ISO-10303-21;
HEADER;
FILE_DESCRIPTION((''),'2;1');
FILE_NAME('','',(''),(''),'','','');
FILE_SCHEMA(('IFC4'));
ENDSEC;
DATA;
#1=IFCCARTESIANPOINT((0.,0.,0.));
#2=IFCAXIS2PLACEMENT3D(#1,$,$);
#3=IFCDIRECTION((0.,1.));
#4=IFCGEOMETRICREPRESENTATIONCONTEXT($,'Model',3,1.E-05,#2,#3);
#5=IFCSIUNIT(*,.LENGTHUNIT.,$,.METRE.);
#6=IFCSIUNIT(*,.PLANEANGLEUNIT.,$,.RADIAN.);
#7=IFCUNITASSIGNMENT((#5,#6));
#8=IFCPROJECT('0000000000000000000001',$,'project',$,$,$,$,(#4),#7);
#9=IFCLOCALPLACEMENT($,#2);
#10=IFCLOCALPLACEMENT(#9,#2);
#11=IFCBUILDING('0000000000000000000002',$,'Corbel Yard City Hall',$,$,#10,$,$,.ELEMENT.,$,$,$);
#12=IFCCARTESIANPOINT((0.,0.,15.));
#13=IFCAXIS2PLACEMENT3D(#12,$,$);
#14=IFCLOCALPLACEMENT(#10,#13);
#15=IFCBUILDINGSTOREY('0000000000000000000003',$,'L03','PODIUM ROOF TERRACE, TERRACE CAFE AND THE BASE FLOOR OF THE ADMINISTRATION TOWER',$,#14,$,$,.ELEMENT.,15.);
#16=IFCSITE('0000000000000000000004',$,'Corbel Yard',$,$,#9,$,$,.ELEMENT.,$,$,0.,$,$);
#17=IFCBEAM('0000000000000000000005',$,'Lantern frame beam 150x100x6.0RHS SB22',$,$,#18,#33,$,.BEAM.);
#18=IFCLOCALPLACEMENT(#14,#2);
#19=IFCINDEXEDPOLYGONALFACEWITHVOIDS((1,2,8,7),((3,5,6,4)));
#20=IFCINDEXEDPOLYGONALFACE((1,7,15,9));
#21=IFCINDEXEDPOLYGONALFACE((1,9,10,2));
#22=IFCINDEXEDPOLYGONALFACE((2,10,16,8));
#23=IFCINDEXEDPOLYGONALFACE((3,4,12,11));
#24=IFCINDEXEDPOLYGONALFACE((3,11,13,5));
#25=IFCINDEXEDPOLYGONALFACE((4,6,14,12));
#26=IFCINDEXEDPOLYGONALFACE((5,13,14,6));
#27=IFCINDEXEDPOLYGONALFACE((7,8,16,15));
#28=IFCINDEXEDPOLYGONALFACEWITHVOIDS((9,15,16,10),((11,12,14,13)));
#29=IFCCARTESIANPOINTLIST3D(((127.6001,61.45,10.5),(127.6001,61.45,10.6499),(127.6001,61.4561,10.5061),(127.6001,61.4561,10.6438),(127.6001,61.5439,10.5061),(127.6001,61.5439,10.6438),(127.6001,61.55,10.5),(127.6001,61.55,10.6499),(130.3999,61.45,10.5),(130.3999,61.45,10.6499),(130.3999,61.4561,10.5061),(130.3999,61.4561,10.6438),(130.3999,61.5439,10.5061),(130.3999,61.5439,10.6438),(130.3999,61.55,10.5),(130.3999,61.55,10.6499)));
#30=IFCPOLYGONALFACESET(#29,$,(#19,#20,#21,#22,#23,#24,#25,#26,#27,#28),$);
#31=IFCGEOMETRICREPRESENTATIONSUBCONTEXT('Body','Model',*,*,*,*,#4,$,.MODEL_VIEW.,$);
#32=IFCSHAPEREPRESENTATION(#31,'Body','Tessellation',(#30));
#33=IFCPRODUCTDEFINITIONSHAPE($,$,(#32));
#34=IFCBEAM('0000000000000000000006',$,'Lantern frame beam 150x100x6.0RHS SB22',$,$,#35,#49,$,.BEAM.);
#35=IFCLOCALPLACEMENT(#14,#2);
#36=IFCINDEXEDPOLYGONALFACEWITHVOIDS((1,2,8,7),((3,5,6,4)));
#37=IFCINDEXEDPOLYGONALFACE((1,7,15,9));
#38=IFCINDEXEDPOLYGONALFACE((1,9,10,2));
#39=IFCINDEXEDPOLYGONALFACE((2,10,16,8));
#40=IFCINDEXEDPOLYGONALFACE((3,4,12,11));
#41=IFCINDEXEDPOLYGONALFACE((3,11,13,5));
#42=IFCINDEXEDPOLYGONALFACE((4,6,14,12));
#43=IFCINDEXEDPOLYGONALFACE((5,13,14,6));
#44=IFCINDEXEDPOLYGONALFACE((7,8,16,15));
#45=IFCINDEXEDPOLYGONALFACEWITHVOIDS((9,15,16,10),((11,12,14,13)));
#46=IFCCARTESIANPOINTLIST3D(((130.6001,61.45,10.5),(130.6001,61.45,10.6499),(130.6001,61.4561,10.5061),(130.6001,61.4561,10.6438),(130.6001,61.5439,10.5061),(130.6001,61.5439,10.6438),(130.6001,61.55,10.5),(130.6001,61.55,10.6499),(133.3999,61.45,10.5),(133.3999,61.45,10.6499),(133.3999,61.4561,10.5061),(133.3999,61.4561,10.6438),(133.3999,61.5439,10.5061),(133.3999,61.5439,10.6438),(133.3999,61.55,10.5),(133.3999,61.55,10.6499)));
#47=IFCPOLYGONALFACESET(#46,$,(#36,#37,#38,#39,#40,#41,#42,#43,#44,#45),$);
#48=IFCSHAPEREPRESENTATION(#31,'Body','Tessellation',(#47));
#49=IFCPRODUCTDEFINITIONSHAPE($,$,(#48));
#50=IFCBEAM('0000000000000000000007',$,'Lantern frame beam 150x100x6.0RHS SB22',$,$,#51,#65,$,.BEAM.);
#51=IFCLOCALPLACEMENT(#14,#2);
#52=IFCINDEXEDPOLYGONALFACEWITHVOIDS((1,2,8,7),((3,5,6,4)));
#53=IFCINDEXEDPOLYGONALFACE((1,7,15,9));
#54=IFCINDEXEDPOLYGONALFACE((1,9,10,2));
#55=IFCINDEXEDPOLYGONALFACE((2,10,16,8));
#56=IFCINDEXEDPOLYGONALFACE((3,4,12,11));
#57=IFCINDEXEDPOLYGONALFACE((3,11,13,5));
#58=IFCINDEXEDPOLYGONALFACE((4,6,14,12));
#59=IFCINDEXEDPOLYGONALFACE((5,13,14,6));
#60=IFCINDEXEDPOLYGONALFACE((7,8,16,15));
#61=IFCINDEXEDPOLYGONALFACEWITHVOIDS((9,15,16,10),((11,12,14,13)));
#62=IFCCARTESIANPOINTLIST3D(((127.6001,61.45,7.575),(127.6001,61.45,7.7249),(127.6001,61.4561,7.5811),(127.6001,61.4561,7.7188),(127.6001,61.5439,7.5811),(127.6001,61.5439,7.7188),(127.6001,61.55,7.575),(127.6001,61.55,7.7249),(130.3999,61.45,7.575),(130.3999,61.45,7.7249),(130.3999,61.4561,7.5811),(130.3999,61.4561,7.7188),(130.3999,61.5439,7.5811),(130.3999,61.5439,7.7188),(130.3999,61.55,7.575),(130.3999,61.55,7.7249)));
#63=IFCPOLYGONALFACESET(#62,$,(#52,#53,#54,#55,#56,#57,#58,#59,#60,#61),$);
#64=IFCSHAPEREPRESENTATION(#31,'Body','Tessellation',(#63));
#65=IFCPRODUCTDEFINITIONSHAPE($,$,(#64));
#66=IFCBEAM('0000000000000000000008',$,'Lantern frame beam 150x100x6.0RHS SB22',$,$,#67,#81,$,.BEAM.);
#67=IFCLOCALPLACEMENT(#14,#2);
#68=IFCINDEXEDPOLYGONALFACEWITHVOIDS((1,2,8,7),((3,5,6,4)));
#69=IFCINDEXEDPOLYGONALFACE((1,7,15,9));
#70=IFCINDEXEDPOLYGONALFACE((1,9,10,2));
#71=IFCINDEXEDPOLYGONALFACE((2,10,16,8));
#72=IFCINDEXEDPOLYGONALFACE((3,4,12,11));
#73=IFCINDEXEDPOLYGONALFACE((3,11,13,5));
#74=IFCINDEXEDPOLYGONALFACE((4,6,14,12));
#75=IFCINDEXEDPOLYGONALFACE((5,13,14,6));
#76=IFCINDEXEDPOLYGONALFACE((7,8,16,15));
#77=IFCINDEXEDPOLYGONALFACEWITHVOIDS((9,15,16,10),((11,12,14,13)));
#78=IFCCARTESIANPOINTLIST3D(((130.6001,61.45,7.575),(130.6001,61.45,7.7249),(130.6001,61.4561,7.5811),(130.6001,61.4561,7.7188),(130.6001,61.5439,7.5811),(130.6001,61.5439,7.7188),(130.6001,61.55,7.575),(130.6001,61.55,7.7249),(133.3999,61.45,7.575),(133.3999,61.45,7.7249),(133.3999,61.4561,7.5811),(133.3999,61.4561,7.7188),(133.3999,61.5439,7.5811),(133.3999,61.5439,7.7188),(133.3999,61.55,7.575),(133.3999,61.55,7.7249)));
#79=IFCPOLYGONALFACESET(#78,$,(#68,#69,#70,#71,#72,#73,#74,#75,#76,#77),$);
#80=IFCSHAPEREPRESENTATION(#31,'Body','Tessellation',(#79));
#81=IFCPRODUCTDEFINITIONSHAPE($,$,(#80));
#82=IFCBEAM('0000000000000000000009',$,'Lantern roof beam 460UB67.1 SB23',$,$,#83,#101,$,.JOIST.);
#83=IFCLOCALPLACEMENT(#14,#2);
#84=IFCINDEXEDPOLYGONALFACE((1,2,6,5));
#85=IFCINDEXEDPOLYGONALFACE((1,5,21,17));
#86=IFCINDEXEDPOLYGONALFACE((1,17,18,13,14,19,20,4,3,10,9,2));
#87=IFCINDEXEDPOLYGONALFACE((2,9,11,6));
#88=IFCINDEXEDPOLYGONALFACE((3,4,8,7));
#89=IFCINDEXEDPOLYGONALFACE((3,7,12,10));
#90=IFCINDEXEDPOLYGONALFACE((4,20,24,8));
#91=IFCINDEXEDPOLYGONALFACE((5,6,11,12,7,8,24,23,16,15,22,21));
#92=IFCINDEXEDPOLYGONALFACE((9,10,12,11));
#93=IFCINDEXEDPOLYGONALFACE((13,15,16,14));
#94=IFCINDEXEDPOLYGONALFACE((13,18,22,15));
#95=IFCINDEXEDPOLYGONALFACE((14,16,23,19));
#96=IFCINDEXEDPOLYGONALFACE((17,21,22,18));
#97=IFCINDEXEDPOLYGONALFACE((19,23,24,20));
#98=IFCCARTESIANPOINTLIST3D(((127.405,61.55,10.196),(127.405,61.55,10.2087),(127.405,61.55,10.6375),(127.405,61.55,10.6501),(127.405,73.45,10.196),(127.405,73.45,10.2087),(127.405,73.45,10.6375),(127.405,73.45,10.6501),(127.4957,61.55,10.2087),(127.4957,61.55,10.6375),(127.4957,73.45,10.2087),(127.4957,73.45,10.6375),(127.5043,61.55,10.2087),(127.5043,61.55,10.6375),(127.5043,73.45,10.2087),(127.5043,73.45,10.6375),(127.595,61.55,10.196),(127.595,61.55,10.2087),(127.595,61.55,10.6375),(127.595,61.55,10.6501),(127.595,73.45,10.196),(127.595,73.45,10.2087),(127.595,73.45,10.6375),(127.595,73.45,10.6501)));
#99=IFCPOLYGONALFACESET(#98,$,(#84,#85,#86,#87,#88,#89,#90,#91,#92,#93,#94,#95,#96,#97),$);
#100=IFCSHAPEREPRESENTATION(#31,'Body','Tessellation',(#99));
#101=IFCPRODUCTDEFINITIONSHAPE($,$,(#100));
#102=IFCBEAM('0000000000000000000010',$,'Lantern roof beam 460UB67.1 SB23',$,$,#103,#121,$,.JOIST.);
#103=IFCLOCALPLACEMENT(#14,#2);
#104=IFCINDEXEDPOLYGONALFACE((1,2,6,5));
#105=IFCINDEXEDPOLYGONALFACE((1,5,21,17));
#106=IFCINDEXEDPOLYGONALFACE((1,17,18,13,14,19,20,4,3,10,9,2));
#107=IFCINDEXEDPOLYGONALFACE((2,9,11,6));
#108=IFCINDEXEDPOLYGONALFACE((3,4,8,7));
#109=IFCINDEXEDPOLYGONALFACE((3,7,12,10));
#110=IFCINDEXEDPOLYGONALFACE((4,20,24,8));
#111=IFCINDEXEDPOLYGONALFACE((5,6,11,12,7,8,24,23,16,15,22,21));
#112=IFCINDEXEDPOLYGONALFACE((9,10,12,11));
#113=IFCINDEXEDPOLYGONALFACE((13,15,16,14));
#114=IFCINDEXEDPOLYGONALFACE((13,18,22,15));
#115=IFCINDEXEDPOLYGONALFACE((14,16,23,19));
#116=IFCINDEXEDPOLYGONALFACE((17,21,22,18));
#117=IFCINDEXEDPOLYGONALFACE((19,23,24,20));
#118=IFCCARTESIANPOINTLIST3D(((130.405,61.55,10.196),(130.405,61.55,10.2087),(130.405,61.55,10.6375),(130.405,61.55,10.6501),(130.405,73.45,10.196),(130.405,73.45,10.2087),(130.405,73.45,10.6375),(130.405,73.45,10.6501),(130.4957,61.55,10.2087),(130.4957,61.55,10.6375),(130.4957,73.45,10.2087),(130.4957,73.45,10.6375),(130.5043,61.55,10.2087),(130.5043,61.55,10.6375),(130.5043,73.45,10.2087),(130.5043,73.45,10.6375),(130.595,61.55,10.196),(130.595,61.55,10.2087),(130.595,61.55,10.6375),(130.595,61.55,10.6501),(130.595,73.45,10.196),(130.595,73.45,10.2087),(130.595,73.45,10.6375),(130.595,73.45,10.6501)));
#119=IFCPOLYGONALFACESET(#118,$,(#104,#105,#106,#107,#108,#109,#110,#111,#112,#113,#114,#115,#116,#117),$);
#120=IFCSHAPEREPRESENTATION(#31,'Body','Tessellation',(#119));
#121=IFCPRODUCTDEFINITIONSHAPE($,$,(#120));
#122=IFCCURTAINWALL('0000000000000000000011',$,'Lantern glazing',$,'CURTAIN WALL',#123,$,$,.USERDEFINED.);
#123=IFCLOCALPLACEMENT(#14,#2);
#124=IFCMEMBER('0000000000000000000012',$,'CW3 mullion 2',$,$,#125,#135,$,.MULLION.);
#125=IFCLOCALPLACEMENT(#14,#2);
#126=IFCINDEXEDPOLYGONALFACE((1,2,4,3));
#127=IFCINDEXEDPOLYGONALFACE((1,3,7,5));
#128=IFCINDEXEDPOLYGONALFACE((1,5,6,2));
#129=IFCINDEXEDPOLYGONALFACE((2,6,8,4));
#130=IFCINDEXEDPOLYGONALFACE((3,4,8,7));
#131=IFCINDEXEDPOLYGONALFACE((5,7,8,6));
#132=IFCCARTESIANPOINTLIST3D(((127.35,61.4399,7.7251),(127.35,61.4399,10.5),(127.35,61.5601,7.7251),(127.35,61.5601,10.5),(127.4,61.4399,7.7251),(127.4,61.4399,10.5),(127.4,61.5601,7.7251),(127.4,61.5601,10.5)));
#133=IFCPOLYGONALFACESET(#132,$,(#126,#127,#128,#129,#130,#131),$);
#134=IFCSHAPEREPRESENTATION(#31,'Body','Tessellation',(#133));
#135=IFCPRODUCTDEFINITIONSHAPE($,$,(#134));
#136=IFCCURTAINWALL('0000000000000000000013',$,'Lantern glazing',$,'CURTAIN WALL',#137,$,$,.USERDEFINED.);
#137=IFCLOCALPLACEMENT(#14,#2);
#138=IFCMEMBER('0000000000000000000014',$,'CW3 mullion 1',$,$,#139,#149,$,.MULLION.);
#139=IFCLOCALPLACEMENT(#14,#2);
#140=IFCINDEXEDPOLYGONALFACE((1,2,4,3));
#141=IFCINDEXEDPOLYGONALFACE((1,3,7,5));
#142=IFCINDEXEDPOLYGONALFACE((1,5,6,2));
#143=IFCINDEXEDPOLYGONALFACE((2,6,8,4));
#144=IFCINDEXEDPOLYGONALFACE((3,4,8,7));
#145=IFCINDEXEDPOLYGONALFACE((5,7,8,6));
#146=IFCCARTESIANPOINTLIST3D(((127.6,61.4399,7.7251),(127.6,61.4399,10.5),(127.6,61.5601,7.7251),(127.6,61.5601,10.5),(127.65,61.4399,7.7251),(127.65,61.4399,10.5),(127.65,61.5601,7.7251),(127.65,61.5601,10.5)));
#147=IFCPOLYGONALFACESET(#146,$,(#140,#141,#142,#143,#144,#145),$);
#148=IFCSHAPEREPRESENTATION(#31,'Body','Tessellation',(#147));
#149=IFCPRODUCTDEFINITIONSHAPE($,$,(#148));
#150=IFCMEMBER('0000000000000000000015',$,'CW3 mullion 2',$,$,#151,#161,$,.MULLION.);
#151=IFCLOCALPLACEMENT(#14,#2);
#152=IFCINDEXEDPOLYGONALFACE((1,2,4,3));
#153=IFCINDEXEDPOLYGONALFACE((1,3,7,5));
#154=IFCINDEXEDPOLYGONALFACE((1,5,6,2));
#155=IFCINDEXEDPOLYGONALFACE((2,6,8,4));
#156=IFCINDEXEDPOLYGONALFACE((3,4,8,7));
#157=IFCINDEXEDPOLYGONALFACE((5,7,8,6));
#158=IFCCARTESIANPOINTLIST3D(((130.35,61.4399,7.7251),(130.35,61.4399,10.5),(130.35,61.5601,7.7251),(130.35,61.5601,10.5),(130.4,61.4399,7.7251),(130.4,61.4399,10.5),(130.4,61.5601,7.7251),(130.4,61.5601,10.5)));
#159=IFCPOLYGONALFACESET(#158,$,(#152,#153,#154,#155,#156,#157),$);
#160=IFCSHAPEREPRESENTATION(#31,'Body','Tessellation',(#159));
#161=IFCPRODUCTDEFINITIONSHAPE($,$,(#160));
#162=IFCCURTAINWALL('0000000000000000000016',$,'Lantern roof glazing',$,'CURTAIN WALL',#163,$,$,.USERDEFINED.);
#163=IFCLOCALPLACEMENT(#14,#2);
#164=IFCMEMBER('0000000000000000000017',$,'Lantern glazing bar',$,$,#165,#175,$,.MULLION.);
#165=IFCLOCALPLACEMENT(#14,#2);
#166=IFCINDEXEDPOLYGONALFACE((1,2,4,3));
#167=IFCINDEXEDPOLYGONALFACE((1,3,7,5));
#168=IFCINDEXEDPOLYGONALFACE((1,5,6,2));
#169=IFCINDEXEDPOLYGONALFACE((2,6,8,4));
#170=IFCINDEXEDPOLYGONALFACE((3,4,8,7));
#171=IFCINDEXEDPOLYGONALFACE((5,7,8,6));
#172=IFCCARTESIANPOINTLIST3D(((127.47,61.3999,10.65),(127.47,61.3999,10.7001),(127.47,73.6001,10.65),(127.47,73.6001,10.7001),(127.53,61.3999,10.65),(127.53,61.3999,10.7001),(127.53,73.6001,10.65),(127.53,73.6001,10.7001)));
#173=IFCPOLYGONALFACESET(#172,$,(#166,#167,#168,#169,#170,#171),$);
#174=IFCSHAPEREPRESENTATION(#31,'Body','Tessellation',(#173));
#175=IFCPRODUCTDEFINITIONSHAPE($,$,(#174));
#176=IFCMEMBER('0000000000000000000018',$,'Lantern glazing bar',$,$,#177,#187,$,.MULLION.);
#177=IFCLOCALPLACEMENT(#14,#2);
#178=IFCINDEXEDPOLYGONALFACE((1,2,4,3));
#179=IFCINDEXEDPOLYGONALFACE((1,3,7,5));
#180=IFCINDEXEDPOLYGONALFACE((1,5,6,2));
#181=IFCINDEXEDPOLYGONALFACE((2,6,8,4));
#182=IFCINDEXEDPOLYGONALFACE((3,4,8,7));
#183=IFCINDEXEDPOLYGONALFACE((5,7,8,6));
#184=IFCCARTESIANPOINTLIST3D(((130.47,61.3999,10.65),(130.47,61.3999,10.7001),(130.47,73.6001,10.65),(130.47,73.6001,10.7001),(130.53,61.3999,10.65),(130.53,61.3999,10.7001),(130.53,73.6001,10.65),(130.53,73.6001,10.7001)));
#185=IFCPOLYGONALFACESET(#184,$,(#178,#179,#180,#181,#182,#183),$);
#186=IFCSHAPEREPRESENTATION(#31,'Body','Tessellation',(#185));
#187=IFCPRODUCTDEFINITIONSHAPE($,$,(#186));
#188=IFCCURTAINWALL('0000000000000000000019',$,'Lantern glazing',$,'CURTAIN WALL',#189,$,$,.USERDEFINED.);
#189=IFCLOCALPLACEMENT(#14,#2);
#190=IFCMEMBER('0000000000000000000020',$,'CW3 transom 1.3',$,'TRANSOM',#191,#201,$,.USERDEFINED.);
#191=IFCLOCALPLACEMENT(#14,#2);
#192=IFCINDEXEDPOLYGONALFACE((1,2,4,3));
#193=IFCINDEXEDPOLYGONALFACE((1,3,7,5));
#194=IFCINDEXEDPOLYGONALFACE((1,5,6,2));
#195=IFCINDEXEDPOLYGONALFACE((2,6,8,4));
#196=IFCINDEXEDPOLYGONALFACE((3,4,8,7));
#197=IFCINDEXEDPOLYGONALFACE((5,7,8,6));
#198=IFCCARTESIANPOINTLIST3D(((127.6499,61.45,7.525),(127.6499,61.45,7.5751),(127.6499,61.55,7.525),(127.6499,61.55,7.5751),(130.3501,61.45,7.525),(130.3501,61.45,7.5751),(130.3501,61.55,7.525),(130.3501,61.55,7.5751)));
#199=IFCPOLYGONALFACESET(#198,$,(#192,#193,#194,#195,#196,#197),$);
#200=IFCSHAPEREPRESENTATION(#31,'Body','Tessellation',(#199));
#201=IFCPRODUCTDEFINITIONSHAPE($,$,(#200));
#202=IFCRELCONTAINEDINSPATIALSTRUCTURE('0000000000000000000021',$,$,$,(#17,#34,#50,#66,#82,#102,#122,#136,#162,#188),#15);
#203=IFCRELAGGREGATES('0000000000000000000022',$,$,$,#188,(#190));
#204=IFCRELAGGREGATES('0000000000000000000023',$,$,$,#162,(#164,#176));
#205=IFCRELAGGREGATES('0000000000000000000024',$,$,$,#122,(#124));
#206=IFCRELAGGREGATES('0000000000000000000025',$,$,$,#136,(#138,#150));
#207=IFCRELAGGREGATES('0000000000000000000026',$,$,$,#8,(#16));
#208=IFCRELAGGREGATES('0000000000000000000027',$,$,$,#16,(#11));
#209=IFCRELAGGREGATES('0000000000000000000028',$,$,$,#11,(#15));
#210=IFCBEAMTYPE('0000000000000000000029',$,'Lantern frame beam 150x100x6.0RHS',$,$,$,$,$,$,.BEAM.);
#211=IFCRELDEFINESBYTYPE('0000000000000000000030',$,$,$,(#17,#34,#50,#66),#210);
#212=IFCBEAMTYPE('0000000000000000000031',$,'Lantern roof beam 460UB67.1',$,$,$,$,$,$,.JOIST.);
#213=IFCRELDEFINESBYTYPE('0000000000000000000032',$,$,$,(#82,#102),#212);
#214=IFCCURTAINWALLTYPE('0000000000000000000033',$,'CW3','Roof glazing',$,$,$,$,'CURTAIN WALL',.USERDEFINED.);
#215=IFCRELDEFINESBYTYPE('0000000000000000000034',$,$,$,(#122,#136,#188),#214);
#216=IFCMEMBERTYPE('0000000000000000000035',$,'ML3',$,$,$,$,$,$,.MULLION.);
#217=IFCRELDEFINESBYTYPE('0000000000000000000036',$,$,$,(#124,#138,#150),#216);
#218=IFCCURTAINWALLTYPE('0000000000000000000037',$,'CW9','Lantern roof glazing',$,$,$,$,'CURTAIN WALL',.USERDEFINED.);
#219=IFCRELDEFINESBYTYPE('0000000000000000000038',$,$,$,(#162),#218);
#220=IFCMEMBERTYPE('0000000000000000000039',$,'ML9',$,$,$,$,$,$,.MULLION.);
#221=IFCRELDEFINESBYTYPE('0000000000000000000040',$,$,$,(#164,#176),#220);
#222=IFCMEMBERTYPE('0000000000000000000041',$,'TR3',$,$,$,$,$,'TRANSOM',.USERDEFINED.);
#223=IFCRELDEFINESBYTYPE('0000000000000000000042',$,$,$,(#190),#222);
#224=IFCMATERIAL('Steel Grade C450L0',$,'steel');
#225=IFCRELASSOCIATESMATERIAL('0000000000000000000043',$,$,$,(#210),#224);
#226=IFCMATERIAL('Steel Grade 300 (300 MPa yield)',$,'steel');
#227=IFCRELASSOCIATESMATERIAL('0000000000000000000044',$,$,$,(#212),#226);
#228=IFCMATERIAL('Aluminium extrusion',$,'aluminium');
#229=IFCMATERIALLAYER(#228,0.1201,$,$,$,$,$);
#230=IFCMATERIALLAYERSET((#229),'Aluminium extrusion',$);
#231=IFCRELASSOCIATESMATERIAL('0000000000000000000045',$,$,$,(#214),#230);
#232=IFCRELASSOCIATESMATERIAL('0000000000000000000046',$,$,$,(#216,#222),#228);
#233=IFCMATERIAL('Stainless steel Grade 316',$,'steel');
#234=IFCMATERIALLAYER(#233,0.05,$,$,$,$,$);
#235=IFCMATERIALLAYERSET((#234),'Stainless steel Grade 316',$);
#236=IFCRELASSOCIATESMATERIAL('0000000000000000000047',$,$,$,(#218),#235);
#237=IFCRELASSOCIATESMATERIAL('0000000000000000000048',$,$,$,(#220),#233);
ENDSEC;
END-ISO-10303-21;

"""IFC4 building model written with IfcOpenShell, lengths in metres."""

from ifc_helpers import new_model, si_unit, direction, frame, origin, origin_2d, place, context, subcontext, project, spatial, rectangle, hollow_rectangle, i_section, extrude, material, layer, layer_set, material_profile, profile_set, type_object, element, aggregate, save


model = new_model("IFC4")

# Units and contexts
model_context = context("Model", 3, precision=1e-05, world=origin(), true_north=direction((0.0, 1.0)))
body_context = subcontext(model_context, "Body", "Model", "MODEL_VIEW")
ifc_project = project(units=[si_unit("LENGTHUNIT", "METRE"), si_unit("PLANEANGLEUNIT", "RADIAN")], contexts=[model_context])

# Site, building, storey
site_placement = place(None, origin())
site = spatial("IfcSite", under=ifc_project, at=site_placement, Name="Corbel Yard", CompositionType="ELEMENT", RefElevation=0.0)
building_placement = place(site_placement, origin())
building = spatial("IfcBuilding", under=site, at=building_placement, Name="Corbel Yard City Hall", CompositionType="ELEMENT")
storey_placement = place(building_placement, frame((0.0, 0.0, 15.0)))
storey = spatial("IfcBuildingStorey", under=building, at=storey_placement, Name="L03", Description="PODIUM ROOF TERRACE, TERRACE CAFE AND THE BASE FLOOR OF THE ADMINISTRATION TOWER", CompositionType="ELEMENT", Elevation=15.0)

# Beams
ifc_material_1 = material(Name="Steel Grade C450L0", Category="steel")
ifc_material_profile_1 = material_profile(ifc_material_1, hollow_rectangle(XDim=0.1001, YDim=0.1499, WallThickness=0.0061, at=origin_2d()), Name="150x100x6.0RHS")
ifc_profile_set_1 = profile_set([ifc_material_profile_1], Name="Steel Grade C450L0")
beam_type_1 = type_object("IfcBeamType", Name="Lantern frame beam 150x100x6.0RHS", PredefinedType="BEAM", material=ifc_profile_set_1)
for number, where, z_axis, x_axis, name in (
    (1, (127.6001, 61.5, 10.575), (1.0, 0.0, 0.0), (0.0, 1.0, 0.0), "Lantern frame beam 150x100x6.0RHS SB22"),
    (2, (130.6001, 61.5, 10.575), (1.0, 0.0, 0.0), (0.0, 1.0, 0.0), "Lantern frame beam 150x100x6.0RHS SB22"),
    (3, (127.6001, 61.5, 7.6499), (1.0, 0.0, 0.0), (0.0, 1.0, 0.0), "Lantern frame beam 150x100x6.0RHS SB22"),
    (4, (130.6001, 61.5, 7.6499), (1.0, 0.0, 0.0), (0.0, 1.0, 0.0), "Lantern frame beam 150x100x6.0RHS SB22"),
):
    element("IfcBeam", number, at=place(storey_placement, frame(where, z_axis=z_axis, x_axis=x_axis)), inside=storey, type_object=beam_type_1, Name=name, PredefinedType="BEAM", context=body_context, shape_type="SweptSolid", body=[
        extrude(hollow_rectangle(XDim=0.1001, YDim=0.1499, WallThickness=0.0061, at=origin_2d()), origin(), (0.0, 0.0, 1.0), 2.7998),
    ])
ifc_material_2 = material(Name="Steel Grade 300 (300 MPa yield)", Category="steel")
ifc_material_profile_2 = material_profile(ifc_material_2, i_section(OverallWidth=0.1899, OverallDepth=0.4541, WebThickness=0.0085, FlangeThickness=0.0127, at=origin_2d()), Name="460UB67.1")
ifc_profile_set_2 = profile_set([ifc_material_profile_2], Name="Steel Grade 300 (300 MPa yield)")
beam_type_2 = type_object("IfcBeamType", Name="Lantern roof beam 460UB67.1", PredefinedType="JOIST", material=ifc_profile_set_2)
for number, where, z_axis, x_axis, name in (
    (5, (127.5, 61.55, 10.4231), (0.0, 1.0, 0.0), (-1.0, 0.0, 0.0), "Lantern roof beam 460UB67.1 SB23"),
    (6, (130.5, 61.55, 10.4231), (0.0, 1.0, 0.0), (-1.0, 0.0, 0.0), "Lantern roof beam 460UB67.1 SB23"),
):
    element("IfcBeam", number, at=place(storey_placement, frame(where, z_axis=z_axis, x_axis=x_axis)), inside=storey, type_object=beam_type_2, Name=name, PredefinedType="JOIST", context=body_context, shape_type="SweptSolid", body=[
        extrude(i_section(OverallWidth=0.1899, OverallDepth=0.4541, WebThickness=0.0085, FlangeThickness=0.0127, at=origin_2d()), origin(), (0.0, 0.0, 1.0), 11.8999),
    ])

# Curtain wall, member
ifc_material_3 = material(Name="Aluminium extrusion", Category="aluminium")
ifc_layer_1 = layer(ifc_material_3, 0.1201)
ifc_layer_set_1 = layer_set([ifc_layer_1], Name="Aluminium extrusion")
curtain_wall_type_1 = type_object("IfcCurtainWallType", Name="CW3", Description="Roof glazing", ElementType="CURTAIN WALL", PredefinedType="USERDEFINED", material=ifc_layer_set_1)
curtain_wall_1_placement = place(storey_placement, origin())
curtain_wall_1 = element("IfcCurtainWall", 7, at=curtain_wall_1_placement, inside=storey, type_object=curtain_wall_type_1, Name="Lantern glazing", ObjectType="CURTAIN WALL", PredefinedType="USERDEFINED")
ifc_material_profile_3 = material_profile(ifc_material_3, rectangle(XDim=0.1201, YDim=0.05, at=origin_2d()), Name="120x50")
ifc_profile_set_3 = profile_set([ifc_material_profile_3], Name="Aluminium extrusion")
member_type_1 = type_object("IfcMemberType", Name="ML3", PredefinedType="MULLION", material=ifc_profile_set_3)
member_1_placement = place(storey_placement, frame((127.375, 61.5, 7.7251), z_axis=(0.0, 0.0, 1.0), x_axis=(0.0, 1.0, 0.0)))
member_1 = element("IfcMember", 8, at=member_1_placement, type_object=member_type_1, Name="CW3 mullion 2", PredefinedType="MULLION", context=body_context, shape_type="SweptSolid", body=[
    extrude(rectangle(XDim=0.1201, YDim=0.05, at=origin_2d()), origin(), (0.0, 0.0, 1.0), 2.7749),
])

# Curtain walls, members
curtain_wall_2_placement = place(storey_placement, origin())
curtain_wall_2 = element("IfcCurtainWall", 9, at=curtain_wall_2_placement, inside=storey, type_object=curtain_wall_type_1, Name="Lantern glazing", ObjectType="CURTAIN WALL", PredefinedType="USERDEFINED")
member_2_placement = place(storey_placement, frame((127.625, 61.5, 7.7251), z_axis=(0.0, 0.0, 1.0), x_axis=(0.0, 1.0, 0.0)))
member_2 = element("IfcMember", 10, at=member_2_placement, type_object=member_type_1, Name="CW3 mullion 1", PredefinedType="MULLION", context=body_context, shape_type="SweptSolid", body=[
    extrude(rectangle(XDim=0.1201, YDim=0.05, at=origin_2d()), origin(), (0.0, 0.0, 1.0), 2.7749),
])
member_3_placement = place(storey_placement, frame((130.375, 61.5, 7.7251), z_axis=(0.0, 0.0, 1.0), x_axis=(0.0, 1.0, 0.0)))
member_3 = element("IfcMember", 11, at=member_3_placement, type_object=member_type_1, Name="CW3 mullion 2", PredefinedType="MULLION", context=body_context, shape_type="SweptSolid", body=[
    extrude(rectangle(XDim=0.1201, YDim=0.05, at=origin_2d()), origin(), (0.0, 0.0, 1.0), 2.7749),
])
ifc_material_4 = material(Name="Stainless steel Grade 316", Category="steel")
ifc_layer_2 = layer(ifc_material_4, 0.05)
ifc_layer_set_2 = layer_set([ifc_layer_2], Name="Stainless steel Grade 316")
curtain_wall_type_2 = type_object("IfcCurtainWallType", Name="CW9", Description="Lantern roof glazing", ElementType="CURTAIN WALL", PredefinedType="USERDEFINED", material=ifc_layer_set_2)
curtain_wall_3_placement = place(storey_placement, origin())
curtain_wall_3 = element("IfcCurtainWall", 12, at=curtain_wall_3_placement, inside=storey, type_object=curtain_wall_type_2, Name="Lantern roof glazing", ObjectType="CURTAIN WALL", PredefinedType="USERDEFINED")
ifc_material_profile_4 = material_profile(ifc_material_4, rectangle(XDim=0.0601, YDim=0.05, at=origin_2d()), Name="60x50")
ifc_profile_set_4 = profile_set([ifc_material_profile_4], Name="Stainless steel Grade 316")
member_type_2 = type_object("IfcMemberType", Name="ML9", PredefinedType="MULLION", material=ifc_profile_set_4)
member_4_placement = place(storey_placement, frame((127.5, 61.3999, 10.675), z_axis=(0.0, 1.0, 0.0), x_axis=(-1.0, 0.0, 0.0)))
member_4 = element("IfcMember", 13, at=member_4_placement, type_object=member_type_2, Name="Lantern glazing bar", PredefinedType="MULLION", context=body_context, shape_type="SweptSolid", body=[
    extrude(rectangle(XDim=0.0601, YDim=0.05, at=origin_2d()), origin(), (0.0, 0.0, 1.0), 12.2002),
])
member_5_placement = place(storey_placement, frame((130.5, 61.3999, 10.675), z_axis=(0.0, 1.0, 0.0), x_axis=(-1.0, 0.0, 0.0)))
member_5 = element("IfcMember", 14, at=member_5_placement, type_object=member_type_2, Name="Lantern glazing bar", PredefinedType="MULLION", context=body_context, shape_type="SweptSolid", body=[
    extrude(rectangle(XDim=0.0601, YDim=0.05, at=origin_2d()), origin(), (0.0, 0.0, 1.0), 12.2002),
])

# Curtain wall, member
curtain_wall_4_placement = place(storey_placement, origin())
curtain_wall_4 = element("IfcCurtainWall", 15, at=curtain_wall_4_placement, inside=storey, type_object=curtain_wall_type_1, Name="Lantern glazing", ObjectType="CURTAIN WALL", PredefinedType="USERDEFINED")
ifc_material_profile_5 = material_profile(ifc_material_3, rectangle(XDim=0.1001, YDim=0.05, at=origin_2d()), Name="100x50")
ifc_profile_set_5 = profile_set([ifc_material_profile_5], Name="Aluminium extrusion")
member_type_3 = type_object("IfcMemberType", Name="TR3", ElementType="TRANSOM", PredefinedType="USERDEFINED", material=ifc_profile_set_5)
member_6_placement = place(storey_placement, frame((127.6499, 61.5, 7.55), z_axis=(1.0, 0.0, 0.0), x_axis=(0.0, 1.0, 0.0)))
member_6 = element("IfcMember", 16, at=member_6_placement, type_object=member_type_3, Name="CW3 transom 1.3", ObjectType="TRANSOM", PredefinedType="USERDEFINED", context=body_context, shape_type="SweptSolid", body=[
    extrude(rectangle(XDim=0.1001, YDim=0.05, at=origin_2d()), origin(), (0.0, 0.0, 1.0), 2.7002),
])
aggregate(curtain_wall_4, [member_6])

aggregate(curtain_wall_3, [member_4, member_5])
aggregate(curtain_wall_1, [member_1])
aggregate(curtain_wall_2, [member_2, member_3])

save(model, "model.ifc")
